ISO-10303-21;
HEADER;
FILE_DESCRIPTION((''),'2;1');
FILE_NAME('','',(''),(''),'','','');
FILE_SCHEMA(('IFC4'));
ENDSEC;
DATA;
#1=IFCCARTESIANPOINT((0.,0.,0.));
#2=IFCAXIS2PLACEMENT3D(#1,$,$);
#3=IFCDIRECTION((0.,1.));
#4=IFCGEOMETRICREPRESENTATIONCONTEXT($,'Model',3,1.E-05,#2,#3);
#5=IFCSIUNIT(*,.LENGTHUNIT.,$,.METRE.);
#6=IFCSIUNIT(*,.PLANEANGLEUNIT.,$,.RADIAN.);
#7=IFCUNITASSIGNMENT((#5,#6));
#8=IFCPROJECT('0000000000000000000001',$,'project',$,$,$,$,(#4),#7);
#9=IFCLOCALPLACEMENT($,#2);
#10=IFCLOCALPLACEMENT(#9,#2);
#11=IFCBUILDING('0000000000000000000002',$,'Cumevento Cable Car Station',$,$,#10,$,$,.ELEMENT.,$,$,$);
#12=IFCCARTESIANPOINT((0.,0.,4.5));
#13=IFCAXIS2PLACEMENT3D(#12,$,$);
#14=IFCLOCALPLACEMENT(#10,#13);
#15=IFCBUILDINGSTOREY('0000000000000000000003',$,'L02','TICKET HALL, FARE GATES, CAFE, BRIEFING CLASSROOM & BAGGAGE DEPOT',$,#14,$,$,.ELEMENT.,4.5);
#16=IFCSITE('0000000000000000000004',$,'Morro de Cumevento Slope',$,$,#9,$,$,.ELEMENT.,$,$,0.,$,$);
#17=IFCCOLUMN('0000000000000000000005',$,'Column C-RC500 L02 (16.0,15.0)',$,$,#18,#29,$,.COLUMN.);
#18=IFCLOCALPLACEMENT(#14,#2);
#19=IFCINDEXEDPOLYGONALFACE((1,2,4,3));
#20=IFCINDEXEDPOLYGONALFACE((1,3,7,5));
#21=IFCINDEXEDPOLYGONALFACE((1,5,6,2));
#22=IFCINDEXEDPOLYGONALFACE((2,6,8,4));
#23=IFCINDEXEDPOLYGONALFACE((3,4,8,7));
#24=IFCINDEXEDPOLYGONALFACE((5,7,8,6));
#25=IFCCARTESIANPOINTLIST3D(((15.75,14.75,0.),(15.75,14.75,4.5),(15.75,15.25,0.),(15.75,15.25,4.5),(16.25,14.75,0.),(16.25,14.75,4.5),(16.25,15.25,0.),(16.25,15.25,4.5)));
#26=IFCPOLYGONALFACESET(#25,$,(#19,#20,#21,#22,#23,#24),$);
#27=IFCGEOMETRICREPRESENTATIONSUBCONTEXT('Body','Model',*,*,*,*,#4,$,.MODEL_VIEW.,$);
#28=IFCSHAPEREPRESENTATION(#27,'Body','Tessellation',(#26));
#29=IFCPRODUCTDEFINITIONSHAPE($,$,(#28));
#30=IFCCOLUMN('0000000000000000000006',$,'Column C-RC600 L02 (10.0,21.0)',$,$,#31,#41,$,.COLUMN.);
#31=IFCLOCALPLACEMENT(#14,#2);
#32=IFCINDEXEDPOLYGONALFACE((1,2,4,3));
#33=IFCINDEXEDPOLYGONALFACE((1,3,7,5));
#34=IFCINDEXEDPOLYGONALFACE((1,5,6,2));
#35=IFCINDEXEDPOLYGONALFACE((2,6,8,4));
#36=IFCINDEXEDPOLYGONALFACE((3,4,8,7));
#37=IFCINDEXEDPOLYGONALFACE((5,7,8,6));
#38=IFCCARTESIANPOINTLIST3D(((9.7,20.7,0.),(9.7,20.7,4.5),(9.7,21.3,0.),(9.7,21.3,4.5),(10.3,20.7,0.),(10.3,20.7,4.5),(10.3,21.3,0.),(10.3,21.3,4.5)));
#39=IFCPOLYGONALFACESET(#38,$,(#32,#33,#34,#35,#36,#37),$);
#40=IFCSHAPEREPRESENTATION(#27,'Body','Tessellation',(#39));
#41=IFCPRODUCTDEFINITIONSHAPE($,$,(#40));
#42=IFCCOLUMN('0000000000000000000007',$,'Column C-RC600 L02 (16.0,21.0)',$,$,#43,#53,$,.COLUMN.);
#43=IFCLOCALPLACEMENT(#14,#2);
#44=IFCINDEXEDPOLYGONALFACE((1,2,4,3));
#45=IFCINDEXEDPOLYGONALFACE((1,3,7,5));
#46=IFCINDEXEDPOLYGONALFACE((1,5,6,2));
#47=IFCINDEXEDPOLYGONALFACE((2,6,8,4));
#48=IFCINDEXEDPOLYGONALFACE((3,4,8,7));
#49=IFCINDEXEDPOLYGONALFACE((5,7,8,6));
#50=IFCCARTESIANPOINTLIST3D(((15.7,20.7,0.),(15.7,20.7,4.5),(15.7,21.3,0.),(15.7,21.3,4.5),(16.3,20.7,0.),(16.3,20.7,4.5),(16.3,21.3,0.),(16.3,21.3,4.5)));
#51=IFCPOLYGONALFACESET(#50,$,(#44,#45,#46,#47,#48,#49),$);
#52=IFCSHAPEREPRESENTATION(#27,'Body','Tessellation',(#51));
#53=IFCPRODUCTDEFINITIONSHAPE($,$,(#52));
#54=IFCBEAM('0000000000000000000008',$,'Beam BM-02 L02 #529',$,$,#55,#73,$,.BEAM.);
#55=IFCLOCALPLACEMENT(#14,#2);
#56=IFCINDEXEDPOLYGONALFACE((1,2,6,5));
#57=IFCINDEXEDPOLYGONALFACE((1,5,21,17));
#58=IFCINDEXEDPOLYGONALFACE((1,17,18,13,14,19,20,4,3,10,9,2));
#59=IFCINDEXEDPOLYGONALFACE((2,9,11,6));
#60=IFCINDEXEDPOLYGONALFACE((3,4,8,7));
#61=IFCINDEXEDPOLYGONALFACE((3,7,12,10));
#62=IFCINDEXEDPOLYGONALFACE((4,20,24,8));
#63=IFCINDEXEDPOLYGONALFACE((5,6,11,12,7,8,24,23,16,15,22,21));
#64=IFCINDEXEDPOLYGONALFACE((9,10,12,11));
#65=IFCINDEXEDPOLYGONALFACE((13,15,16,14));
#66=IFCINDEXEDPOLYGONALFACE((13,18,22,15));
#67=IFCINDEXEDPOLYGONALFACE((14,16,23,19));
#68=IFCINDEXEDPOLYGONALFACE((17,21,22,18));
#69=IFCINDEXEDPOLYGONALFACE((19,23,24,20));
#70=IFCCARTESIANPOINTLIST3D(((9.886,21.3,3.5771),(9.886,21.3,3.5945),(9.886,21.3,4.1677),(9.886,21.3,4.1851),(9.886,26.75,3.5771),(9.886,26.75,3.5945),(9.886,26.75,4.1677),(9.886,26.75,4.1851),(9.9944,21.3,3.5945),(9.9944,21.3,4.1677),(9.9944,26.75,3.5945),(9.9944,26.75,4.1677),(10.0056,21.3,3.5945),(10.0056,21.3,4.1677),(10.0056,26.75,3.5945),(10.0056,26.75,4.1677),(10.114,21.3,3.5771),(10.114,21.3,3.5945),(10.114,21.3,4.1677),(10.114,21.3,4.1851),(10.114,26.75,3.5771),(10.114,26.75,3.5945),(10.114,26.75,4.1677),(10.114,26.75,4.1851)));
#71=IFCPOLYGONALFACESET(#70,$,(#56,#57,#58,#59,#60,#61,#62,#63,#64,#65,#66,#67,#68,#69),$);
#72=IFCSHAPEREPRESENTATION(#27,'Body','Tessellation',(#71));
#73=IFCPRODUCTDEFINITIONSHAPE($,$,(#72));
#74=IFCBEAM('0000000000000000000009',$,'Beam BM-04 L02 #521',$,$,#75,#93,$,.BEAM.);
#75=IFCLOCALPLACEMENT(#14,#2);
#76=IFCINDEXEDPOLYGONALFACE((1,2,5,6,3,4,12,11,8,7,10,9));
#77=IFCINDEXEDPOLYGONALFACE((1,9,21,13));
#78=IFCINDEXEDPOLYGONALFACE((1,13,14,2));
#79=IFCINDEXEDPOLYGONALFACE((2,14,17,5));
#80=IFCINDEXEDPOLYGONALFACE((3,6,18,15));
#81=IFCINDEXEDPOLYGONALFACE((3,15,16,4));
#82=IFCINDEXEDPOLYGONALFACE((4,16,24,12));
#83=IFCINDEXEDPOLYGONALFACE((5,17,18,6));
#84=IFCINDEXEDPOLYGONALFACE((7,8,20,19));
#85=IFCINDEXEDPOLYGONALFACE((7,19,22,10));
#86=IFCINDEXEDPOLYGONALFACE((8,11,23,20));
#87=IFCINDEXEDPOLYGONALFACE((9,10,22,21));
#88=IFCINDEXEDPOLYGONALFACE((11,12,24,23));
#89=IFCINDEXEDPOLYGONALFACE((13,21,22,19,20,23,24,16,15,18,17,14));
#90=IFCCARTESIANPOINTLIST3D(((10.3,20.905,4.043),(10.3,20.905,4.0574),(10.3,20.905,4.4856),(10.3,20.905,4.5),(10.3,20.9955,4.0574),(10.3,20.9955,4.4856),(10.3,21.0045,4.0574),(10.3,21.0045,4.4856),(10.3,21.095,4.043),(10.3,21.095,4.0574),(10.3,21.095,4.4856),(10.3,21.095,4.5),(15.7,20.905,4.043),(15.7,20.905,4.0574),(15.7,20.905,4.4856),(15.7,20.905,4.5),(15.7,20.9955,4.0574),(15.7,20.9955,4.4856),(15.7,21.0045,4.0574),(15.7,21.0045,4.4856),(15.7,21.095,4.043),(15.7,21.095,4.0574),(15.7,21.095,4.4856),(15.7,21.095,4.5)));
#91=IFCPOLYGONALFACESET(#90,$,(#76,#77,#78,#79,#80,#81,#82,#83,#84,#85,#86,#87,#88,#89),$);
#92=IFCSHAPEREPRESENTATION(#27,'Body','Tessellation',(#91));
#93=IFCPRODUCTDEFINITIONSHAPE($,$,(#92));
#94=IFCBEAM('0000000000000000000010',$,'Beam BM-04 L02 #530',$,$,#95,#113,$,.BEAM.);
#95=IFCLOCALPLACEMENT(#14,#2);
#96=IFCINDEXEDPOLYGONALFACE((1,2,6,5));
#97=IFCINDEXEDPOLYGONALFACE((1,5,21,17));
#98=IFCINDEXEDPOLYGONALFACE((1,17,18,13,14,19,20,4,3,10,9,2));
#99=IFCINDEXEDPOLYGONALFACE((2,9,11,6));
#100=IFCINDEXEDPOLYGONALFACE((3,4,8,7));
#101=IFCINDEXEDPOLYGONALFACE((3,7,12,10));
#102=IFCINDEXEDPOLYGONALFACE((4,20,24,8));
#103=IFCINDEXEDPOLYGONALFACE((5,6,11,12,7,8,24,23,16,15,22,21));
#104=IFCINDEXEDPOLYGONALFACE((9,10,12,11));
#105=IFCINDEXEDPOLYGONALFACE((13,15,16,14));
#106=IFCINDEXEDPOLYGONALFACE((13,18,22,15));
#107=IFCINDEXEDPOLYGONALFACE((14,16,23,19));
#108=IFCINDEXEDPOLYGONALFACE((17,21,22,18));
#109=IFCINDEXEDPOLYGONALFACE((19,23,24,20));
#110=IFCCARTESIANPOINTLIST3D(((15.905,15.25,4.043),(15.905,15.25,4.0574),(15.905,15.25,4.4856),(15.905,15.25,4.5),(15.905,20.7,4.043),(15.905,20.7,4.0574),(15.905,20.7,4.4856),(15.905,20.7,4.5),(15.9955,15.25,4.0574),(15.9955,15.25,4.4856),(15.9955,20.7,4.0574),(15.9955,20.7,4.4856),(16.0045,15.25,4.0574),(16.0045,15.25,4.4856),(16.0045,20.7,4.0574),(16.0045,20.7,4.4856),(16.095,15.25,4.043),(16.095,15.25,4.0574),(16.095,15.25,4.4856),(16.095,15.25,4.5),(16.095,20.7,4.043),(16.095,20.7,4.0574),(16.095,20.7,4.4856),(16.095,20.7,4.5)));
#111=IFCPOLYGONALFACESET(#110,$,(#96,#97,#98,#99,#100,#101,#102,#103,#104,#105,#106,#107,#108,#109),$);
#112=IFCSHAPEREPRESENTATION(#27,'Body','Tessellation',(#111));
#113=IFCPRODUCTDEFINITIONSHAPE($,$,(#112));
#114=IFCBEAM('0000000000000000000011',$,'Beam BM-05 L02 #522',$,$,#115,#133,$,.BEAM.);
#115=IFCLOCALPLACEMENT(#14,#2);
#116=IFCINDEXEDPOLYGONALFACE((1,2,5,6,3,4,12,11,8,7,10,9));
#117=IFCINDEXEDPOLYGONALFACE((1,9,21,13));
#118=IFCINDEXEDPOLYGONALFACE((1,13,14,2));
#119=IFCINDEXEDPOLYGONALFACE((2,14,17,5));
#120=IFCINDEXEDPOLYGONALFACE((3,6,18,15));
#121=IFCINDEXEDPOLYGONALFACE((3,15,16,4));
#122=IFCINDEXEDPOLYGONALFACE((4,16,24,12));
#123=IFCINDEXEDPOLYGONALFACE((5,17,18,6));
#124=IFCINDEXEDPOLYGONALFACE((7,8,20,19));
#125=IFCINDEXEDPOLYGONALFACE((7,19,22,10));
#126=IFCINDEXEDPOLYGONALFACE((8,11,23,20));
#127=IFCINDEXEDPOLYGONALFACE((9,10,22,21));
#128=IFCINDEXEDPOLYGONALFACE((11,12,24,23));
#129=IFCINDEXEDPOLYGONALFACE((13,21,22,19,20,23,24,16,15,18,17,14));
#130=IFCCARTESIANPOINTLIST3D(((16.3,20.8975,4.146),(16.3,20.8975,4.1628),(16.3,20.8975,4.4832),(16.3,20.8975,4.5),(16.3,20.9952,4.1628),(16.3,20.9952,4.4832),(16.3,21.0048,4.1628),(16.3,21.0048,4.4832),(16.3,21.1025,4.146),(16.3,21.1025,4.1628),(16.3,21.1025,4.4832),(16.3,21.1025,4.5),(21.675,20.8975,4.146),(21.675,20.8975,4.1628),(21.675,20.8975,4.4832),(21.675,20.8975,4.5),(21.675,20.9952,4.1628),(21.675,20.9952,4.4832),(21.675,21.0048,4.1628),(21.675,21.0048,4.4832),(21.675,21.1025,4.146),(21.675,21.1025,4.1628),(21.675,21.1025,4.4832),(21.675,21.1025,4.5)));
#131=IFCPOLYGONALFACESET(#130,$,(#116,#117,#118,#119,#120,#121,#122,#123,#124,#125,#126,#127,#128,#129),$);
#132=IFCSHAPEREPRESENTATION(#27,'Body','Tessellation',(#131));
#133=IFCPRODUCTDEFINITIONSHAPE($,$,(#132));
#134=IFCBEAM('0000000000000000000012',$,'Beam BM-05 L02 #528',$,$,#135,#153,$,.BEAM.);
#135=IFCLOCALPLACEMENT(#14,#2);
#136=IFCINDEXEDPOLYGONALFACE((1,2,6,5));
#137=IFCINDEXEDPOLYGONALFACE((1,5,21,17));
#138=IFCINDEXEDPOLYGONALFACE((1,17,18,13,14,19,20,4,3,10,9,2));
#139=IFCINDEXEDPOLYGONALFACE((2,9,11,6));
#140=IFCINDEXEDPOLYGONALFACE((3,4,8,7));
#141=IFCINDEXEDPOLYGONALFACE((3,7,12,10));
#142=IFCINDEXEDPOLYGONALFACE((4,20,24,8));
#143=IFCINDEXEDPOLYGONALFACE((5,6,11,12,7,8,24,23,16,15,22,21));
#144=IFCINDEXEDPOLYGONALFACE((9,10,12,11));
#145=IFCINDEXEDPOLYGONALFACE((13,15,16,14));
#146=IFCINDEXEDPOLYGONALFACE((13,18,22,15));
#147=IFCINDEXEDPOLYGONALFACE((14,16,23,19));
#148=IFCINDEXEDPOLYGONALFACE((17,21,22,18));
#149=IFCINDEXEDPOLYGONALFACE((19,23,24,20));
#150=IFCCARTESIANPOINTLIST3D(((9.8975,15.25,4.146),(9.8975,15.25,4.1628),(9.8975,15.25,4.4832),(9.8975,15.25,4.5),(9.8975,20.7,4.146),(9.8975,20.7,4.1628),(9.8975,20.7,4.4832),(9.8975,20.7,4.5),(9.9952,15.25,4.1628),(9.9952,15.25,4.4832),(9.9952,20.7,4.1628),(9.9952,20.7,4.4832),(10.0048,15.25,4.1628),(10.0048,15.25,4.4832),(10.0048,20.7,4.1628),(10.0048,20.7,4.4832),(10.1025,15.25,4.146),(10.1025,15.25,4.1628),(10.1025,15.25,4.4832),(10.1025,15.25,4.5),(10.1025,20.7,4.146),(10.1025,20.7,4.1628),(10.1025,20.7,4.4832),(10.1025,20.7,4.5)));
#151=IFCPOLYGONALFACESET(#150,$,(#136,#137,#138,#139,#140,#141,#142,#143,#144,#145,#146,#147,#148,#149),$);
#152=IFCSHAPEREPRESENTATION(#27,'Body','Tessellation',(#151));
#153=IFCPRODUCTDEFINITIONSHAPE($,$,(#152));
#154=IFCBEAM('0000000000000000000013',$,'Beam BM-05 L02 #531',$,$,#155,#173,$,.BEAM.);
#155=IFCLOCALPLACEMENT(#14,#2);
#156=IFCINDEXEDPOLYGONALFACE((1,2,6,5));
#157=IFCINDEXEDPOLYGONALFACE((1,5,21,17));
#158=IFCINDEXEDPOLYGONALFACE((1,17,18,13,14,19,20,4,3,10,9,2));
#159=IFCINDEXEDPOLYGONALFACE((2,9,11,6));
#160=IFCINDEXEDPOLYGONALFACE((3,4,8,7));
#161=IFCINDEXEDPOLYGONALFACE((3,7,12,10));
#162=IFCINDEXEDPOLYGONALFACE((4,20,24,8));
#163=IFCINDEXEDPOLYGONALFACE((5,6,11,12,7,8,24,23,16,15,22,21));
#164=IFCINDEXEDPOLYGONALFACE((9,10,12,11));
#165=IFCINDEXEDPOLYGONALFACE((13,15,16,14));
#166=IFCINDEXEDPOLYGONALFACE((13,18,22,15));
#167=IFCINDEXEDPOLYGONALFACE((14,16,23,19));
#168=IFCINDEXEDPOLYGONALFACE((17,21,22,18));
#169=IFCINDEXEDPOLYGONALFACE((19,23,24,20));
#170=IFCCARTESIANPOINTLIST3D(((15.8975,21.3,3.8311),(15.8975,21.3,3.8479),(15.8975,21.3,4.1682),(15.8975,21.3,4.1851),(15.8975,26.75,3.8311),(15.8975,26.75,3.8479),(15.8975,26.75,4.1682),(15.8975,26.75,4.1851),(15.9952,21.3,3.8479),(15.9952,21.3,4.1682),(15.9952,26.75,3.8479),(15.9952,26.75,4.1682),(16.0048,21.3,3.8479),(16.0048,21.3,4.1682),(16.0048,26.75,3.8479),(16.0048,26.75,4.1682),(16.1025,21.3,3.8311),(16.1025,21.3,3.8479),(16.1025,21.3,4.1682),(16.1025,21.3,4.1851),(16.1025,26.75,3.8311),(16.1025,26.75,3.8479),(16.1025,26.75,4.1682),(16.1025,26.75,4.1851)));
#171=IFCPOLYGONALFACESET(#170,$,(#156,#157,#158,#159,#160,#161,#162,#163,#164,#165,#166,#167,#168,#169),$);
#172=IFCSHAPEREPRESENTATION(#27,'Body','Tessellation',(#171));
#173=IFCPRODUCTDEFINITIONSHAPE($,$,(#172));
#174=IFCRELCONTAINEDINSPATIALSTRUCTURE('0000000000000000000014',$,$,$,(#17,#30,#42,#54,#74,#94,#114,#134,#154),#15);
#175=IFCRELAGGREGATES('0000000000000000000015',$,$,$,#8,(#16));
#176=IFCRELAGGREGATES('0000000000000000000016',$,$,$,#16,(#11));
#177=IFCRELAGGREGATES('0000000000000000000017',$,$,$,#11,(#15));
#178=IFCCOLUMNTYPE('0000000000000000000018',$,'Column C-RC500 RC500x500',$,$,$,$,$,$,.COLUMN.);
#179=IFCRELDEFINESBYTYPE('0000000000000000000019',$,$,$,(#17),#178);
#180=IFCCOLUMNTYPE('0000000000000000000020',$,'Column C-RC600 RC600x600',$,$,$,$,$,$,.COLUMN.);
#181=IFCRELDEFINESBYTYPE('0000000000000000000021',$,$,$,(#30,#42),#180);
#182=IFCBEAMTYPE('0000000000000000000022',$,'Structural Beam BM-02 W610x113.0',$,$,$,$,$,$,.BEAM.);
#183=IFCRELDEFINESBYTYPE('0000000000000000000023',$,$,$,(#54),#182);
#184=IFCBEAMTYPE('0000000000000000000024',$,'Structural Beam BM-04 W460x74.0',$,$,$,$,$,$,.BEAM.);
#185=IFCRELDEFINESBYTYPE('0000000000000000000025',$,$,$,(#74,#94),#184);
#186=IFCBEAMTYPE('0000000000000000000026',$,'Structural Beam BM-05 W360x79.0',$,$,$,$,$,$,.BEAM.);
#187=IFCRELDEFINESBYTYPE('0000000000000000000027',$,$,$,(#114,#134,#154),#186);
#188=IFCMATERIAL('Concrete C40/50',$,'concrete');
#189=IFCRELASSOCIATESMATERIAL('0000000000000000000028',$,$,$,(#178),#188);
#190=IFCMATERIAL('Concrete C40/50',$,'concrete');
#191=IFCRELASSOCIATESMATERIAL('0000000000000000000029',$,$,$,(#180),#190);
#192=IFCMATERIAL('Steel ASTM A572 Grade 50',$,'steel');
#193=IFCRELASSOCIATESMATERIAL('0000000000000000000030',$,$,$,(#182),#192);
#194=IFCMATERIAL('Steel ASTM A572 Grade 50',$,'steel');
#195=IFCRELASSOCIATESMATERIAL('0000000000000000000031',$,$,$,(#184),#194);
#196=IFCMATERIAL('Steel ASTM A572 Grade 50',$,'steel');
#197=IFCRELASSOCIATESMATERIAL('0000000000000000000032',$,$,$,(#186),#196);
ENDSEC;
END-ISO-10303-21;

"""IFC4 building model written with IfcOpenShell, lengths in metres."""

from ifc_helpers import new_model, si_unit, direction, frame, origin, origin_2d, place, context, subcontext, project, spatial, rectangle, i_section, extrude, material, material_profile, profile_set, type_object, element, save


model = new_model("IFC4")

# Units and contexts
model_context = context("Model", 3, precision=1e-05, world=origin(), true_north=direction((0.0, 1.0)))
body_context = subcontext(model_context, "Body", "Model", "MODEL_VIEW")
ifc_project = project(units=[si_unit("LENGTHUNIT", "METRE"), si_unit("PLANEANGLEUNIT", "RADIAN")], contexts=[model_context])

# Site, building, storey
site_placement = place(None, origin())
site = spatial("IfcSite", under=ifc_project, at=site_placement, Name="Morro de Cumevento Slope", CompositionType="ELEMENT", RefElevation=0.0)
building_placement = place(site_placement, origin())
building = spatial("IfcBuilding", under=site, at=building_placement, Name="Cumevento Cable Car Station", CompositionType="ELEMENT")
storey_placement = place(building_placement, frame((0.0, 0.0, 4.5)))
storey = spatial("IfcBuildingStorey", under=building, at=storey_placement, Name="L02", Description="TICKET HALL, FARE GATES, CAFE, BRIEFING CLASSROOM & BAGGAGE DEPOT", CompositionType="ELEMENT", Elevation=4.5)

# Columns
ifc_material_1 = material(Name="Concrete C40/50", Category="concrete")
ifc_material_profile_1 = material_profile(ifc_material_1, rectangle(XDim=0.5, YDim=0.5, at=origin_2d()), Name="RC500x500")
ifc_profile_set_1 = profile_set([ifc_material_profile_1], Name="Concrete C40/50")
column_type_1 = type_object("IfcColumnType", Name="Column C-RC500 RC500x500", PredefinedType="COLUMN", material=ifc_profile_set_1)
column_placement = place(storey_placement, frame((16.0, 15.0, 0.0), z_axis=(0.0, 0.0, 1.0), x_axis=(1.0, 0.0, 0.0)))
element("IfcColumn", 1, at=column_placement, inside=storey, type_object=column_type_1, Name="Column C-RC500 L02 (16.0,15.0)", PredefinedType="COLUMN", context=body_context, shape_type="SweptSolid", body=[
    extrude(rectangle(XDim=0.5, YDim=0.5, at=origin_2d()), origin(), (0.0, 0.0, 1.0), 4.5),
])
ifc_material_2 = material(Name="Concrete C40/50", Category="concrete")
ifc_material_profile_2 = material_profile(ifc_material_2, rectangle(XDim=0.6001, YDim=0.6001, at=origin_2d()), Name="RC600x600")
ifc_profile_set_2 = profile_set([ifc_material_profile_2], Name="Concrete C40/50")
column_type_2 = type_object("IfcColumnType", Name="Column C-RC600 RC600x600", PredefinedType="COLUMN", material=ifc_profile_set_2)
for number, where, z_axis, x_axis, name in (
    (2, (10.0, 21.0, 0.0), (0.0, 0.0, 1.0), (1.0, 0.0, 0.0), "Column C-RC600 L02 (10.0,21.0)"),
    (3, (16.0, 21.0, 0.0), (0.0, 0.0, 1.0), (1.0, 0.0, 0.0), "Column C-RC600 L02 (16.0,21.0)"),
):
    element("IfcColumn", number, at=place(storey_placement, frame(where, z_axis=z_axis, x_axis=x_axis)), inside=storey, type_object=column_type_2, Name=name, PredefinedType="COLUMN", context=body_context, shape_type="SweptSolid", body=[
        extrude(rectangle(XDim=0.6001, YDim=0.6001, at=origin_2d()), origin(), (0.0, 0.0, 1.0), 4.5),
    ])

# Beams
ifc_material_3 = material(Name="Steel ASTM A572 Grade 50", Category="steel")
ifc_material_profile_3 = material_profile(ifc_material_3, i_section(OverallWidth=0.228, OverallDepth=0.6079, WebThickness=0.0112, FlangeThickness=0.0173, at=origin_2d()), Name="W610x113.0")
ifc_profile_set_3 = profile_set([ifc_material_profile_3], Name="Steel ASTM A572 Grade 50")
beam_type_1 = type_object("IfcBeamType", Name="Structural Beam BM-02 W610x113.0", PredefinedType="BEAM", material=ifc_profile_set_3)
beam_1_placement = place(storey_placement, frame((10.0, 21.3, 3.8811), z_axis=(0.0, 1.0, 0.0), x_axis=(-1.0, 0.0, 0.0)))
element("IfcBeam", 4, at=beam_1_placement, inside=storey, type_object=beam_type_1, Name="Beam BM-02 L02 #529", PredefinedType="BEAM", context=body_context, shape_type="SweptSolid", body=[
    extrude(i_section(OverallWidth=0.228, OverallDepth=0.6079, WebThickness=0.0112, FlangeThickness=0.0173, at=origin_2d()), origin(), (0.0, 0.0, 1.0), 5.45),
])
ifc_material_4 = material(Name="Steel ASTM A572 Grade 50", Category="steel")
ifc_material_profile_4 = material_profile(ifc_material_4, i_section(OverallWidth=0.1899, OverallDepth=0.457, WebThickness=0.009, FlangeThickness=0.0144, at=origin_2d()), Name="W460x74.0")
ifc_profile_set_4 = profile_set([ifc_material_profile_4], Name="Steel ASTM A572 Grade 50")
beam_type_2 = type_object("IfcBeamType", Name="Structural Beam BM-04 W460x74.0", PredefinedType="BEAM", material=ifc_profile_set_4)
beam_2_placement = place(storey_placement, frame((10.3, 21.0, 4.2715), z_axis=(1.0, 0.0, 0.0), x_axis=(0.0, 1.0, 0.0)))
element("IfcBeam", 5, at=beam_2_placement, inside=storey, type_object=beam_type_2, Name="Beam BM-04 L02 #521", PredefinedType="BEAM", context=body_context, shape_type="SweptSolid", body=[
    extrude(i_section(OverallWidth=0.1899, OverallDepth=0.457, WebThickness=0.009, FlangeThickness=0.0144, at=origin_2d()), origin(), (0.0, 0.0, 1.0), 5.3999),
])
beam_3_placement = place(storey_placement, frame((16.0, 15.25, 4.2715), z_axis=(0.0, 1.0, 0.0), x_axis=(-1.0, 0.0, 0.0)))
element("IfcBeam", 6, at=beam_3_placement, inside=storey, type_object=beam_type_2, Name="Beam BM-04 L02 #530", PredefinedType="BEAM", context=body_context, shape_type="SweptSolid", body=[
    extrude(i_section(OverallWidth=0.1899, OverallDepth=0.457, WebThickness=0.009, FlangeThickness=0.0144, at=origin_2d()), origin(), (0.0, 0.0, 1.0), 5.45),
])
ifc_material_5 = material(Name="Steel ASTM A572 Grade 50", Category="steel")
ifc_material_profile_5 = material_profile(ifc_material_5, i_section(OverallWidth=0.2051, OverallDepth=0.354, WebThickness=0.0095, FlangeThickness=0.0168, at=origin_2d()), Name="W360x79.0")
ifc_profile_set_5 = profile_set([ifc_material_profile_5], Name="Steel ASTM A572 Grade 50")
beam_type_3 = type_object("IfcBeamType", Name="Structural Beam BM-05 W360x79.0", PredefinedType="BEAM", material=ifc_profile_set_5)
beam_4_placement = place(storey_placement, frame((16.3, 21.0, 4.323), z_axis=(1.0, 0.0, 0.0), x_axis=(0.0, 1.0, 0.0)))
element("IfcBeam", 7, at=beam_4_placement, inside=storey, type_object=beam_type_3, Name="Beam BM-05 L02 #522", PredefinedType="BEAM", context=body_context, shape_type="SweptSolid", body=[
    extrude(i_section(OverallWidth=0.2051, OverallDepth=0.354, WebThickness=0.0095, FlangeThickness=0.0168, at=origin_2d()), origin(), (0.0, 0.0, 1.0), 5.375),
])
for number, where, z_axis, x_axis, name in (
    (8, (10.0, 15.25, 4.323), (0.0, 1.0, 0.0), (-1.0, 0.0, 0.0), "Beam BM-05 L02 #528"),
    (9, (16.0, 21.3, 4.0081), (0.0, 1.0, 0.0), (-1.0, 0.0, 0.0), "Beam BM-05 L02 #531"),
):
    element("IfcBeam", number, at=place(storey_placement, frame(where, z_axis=z_axis, x_axis=x_axis)), inside=storey, type_object=beam_type_3, Name=name, PredefinedType="BEAM", context=body_context, shape_type="SweptSolid", body=[
        extrude(i_section(OverallWidth=0.2051, OverallDepth=0.354, WebThickness=0.0095, FlangeThickness=0.0168, at=origin_2d()), origin(), (0.0, 0.0, 1.0), 5.45),
    ])

save(model, "model.ifc")
